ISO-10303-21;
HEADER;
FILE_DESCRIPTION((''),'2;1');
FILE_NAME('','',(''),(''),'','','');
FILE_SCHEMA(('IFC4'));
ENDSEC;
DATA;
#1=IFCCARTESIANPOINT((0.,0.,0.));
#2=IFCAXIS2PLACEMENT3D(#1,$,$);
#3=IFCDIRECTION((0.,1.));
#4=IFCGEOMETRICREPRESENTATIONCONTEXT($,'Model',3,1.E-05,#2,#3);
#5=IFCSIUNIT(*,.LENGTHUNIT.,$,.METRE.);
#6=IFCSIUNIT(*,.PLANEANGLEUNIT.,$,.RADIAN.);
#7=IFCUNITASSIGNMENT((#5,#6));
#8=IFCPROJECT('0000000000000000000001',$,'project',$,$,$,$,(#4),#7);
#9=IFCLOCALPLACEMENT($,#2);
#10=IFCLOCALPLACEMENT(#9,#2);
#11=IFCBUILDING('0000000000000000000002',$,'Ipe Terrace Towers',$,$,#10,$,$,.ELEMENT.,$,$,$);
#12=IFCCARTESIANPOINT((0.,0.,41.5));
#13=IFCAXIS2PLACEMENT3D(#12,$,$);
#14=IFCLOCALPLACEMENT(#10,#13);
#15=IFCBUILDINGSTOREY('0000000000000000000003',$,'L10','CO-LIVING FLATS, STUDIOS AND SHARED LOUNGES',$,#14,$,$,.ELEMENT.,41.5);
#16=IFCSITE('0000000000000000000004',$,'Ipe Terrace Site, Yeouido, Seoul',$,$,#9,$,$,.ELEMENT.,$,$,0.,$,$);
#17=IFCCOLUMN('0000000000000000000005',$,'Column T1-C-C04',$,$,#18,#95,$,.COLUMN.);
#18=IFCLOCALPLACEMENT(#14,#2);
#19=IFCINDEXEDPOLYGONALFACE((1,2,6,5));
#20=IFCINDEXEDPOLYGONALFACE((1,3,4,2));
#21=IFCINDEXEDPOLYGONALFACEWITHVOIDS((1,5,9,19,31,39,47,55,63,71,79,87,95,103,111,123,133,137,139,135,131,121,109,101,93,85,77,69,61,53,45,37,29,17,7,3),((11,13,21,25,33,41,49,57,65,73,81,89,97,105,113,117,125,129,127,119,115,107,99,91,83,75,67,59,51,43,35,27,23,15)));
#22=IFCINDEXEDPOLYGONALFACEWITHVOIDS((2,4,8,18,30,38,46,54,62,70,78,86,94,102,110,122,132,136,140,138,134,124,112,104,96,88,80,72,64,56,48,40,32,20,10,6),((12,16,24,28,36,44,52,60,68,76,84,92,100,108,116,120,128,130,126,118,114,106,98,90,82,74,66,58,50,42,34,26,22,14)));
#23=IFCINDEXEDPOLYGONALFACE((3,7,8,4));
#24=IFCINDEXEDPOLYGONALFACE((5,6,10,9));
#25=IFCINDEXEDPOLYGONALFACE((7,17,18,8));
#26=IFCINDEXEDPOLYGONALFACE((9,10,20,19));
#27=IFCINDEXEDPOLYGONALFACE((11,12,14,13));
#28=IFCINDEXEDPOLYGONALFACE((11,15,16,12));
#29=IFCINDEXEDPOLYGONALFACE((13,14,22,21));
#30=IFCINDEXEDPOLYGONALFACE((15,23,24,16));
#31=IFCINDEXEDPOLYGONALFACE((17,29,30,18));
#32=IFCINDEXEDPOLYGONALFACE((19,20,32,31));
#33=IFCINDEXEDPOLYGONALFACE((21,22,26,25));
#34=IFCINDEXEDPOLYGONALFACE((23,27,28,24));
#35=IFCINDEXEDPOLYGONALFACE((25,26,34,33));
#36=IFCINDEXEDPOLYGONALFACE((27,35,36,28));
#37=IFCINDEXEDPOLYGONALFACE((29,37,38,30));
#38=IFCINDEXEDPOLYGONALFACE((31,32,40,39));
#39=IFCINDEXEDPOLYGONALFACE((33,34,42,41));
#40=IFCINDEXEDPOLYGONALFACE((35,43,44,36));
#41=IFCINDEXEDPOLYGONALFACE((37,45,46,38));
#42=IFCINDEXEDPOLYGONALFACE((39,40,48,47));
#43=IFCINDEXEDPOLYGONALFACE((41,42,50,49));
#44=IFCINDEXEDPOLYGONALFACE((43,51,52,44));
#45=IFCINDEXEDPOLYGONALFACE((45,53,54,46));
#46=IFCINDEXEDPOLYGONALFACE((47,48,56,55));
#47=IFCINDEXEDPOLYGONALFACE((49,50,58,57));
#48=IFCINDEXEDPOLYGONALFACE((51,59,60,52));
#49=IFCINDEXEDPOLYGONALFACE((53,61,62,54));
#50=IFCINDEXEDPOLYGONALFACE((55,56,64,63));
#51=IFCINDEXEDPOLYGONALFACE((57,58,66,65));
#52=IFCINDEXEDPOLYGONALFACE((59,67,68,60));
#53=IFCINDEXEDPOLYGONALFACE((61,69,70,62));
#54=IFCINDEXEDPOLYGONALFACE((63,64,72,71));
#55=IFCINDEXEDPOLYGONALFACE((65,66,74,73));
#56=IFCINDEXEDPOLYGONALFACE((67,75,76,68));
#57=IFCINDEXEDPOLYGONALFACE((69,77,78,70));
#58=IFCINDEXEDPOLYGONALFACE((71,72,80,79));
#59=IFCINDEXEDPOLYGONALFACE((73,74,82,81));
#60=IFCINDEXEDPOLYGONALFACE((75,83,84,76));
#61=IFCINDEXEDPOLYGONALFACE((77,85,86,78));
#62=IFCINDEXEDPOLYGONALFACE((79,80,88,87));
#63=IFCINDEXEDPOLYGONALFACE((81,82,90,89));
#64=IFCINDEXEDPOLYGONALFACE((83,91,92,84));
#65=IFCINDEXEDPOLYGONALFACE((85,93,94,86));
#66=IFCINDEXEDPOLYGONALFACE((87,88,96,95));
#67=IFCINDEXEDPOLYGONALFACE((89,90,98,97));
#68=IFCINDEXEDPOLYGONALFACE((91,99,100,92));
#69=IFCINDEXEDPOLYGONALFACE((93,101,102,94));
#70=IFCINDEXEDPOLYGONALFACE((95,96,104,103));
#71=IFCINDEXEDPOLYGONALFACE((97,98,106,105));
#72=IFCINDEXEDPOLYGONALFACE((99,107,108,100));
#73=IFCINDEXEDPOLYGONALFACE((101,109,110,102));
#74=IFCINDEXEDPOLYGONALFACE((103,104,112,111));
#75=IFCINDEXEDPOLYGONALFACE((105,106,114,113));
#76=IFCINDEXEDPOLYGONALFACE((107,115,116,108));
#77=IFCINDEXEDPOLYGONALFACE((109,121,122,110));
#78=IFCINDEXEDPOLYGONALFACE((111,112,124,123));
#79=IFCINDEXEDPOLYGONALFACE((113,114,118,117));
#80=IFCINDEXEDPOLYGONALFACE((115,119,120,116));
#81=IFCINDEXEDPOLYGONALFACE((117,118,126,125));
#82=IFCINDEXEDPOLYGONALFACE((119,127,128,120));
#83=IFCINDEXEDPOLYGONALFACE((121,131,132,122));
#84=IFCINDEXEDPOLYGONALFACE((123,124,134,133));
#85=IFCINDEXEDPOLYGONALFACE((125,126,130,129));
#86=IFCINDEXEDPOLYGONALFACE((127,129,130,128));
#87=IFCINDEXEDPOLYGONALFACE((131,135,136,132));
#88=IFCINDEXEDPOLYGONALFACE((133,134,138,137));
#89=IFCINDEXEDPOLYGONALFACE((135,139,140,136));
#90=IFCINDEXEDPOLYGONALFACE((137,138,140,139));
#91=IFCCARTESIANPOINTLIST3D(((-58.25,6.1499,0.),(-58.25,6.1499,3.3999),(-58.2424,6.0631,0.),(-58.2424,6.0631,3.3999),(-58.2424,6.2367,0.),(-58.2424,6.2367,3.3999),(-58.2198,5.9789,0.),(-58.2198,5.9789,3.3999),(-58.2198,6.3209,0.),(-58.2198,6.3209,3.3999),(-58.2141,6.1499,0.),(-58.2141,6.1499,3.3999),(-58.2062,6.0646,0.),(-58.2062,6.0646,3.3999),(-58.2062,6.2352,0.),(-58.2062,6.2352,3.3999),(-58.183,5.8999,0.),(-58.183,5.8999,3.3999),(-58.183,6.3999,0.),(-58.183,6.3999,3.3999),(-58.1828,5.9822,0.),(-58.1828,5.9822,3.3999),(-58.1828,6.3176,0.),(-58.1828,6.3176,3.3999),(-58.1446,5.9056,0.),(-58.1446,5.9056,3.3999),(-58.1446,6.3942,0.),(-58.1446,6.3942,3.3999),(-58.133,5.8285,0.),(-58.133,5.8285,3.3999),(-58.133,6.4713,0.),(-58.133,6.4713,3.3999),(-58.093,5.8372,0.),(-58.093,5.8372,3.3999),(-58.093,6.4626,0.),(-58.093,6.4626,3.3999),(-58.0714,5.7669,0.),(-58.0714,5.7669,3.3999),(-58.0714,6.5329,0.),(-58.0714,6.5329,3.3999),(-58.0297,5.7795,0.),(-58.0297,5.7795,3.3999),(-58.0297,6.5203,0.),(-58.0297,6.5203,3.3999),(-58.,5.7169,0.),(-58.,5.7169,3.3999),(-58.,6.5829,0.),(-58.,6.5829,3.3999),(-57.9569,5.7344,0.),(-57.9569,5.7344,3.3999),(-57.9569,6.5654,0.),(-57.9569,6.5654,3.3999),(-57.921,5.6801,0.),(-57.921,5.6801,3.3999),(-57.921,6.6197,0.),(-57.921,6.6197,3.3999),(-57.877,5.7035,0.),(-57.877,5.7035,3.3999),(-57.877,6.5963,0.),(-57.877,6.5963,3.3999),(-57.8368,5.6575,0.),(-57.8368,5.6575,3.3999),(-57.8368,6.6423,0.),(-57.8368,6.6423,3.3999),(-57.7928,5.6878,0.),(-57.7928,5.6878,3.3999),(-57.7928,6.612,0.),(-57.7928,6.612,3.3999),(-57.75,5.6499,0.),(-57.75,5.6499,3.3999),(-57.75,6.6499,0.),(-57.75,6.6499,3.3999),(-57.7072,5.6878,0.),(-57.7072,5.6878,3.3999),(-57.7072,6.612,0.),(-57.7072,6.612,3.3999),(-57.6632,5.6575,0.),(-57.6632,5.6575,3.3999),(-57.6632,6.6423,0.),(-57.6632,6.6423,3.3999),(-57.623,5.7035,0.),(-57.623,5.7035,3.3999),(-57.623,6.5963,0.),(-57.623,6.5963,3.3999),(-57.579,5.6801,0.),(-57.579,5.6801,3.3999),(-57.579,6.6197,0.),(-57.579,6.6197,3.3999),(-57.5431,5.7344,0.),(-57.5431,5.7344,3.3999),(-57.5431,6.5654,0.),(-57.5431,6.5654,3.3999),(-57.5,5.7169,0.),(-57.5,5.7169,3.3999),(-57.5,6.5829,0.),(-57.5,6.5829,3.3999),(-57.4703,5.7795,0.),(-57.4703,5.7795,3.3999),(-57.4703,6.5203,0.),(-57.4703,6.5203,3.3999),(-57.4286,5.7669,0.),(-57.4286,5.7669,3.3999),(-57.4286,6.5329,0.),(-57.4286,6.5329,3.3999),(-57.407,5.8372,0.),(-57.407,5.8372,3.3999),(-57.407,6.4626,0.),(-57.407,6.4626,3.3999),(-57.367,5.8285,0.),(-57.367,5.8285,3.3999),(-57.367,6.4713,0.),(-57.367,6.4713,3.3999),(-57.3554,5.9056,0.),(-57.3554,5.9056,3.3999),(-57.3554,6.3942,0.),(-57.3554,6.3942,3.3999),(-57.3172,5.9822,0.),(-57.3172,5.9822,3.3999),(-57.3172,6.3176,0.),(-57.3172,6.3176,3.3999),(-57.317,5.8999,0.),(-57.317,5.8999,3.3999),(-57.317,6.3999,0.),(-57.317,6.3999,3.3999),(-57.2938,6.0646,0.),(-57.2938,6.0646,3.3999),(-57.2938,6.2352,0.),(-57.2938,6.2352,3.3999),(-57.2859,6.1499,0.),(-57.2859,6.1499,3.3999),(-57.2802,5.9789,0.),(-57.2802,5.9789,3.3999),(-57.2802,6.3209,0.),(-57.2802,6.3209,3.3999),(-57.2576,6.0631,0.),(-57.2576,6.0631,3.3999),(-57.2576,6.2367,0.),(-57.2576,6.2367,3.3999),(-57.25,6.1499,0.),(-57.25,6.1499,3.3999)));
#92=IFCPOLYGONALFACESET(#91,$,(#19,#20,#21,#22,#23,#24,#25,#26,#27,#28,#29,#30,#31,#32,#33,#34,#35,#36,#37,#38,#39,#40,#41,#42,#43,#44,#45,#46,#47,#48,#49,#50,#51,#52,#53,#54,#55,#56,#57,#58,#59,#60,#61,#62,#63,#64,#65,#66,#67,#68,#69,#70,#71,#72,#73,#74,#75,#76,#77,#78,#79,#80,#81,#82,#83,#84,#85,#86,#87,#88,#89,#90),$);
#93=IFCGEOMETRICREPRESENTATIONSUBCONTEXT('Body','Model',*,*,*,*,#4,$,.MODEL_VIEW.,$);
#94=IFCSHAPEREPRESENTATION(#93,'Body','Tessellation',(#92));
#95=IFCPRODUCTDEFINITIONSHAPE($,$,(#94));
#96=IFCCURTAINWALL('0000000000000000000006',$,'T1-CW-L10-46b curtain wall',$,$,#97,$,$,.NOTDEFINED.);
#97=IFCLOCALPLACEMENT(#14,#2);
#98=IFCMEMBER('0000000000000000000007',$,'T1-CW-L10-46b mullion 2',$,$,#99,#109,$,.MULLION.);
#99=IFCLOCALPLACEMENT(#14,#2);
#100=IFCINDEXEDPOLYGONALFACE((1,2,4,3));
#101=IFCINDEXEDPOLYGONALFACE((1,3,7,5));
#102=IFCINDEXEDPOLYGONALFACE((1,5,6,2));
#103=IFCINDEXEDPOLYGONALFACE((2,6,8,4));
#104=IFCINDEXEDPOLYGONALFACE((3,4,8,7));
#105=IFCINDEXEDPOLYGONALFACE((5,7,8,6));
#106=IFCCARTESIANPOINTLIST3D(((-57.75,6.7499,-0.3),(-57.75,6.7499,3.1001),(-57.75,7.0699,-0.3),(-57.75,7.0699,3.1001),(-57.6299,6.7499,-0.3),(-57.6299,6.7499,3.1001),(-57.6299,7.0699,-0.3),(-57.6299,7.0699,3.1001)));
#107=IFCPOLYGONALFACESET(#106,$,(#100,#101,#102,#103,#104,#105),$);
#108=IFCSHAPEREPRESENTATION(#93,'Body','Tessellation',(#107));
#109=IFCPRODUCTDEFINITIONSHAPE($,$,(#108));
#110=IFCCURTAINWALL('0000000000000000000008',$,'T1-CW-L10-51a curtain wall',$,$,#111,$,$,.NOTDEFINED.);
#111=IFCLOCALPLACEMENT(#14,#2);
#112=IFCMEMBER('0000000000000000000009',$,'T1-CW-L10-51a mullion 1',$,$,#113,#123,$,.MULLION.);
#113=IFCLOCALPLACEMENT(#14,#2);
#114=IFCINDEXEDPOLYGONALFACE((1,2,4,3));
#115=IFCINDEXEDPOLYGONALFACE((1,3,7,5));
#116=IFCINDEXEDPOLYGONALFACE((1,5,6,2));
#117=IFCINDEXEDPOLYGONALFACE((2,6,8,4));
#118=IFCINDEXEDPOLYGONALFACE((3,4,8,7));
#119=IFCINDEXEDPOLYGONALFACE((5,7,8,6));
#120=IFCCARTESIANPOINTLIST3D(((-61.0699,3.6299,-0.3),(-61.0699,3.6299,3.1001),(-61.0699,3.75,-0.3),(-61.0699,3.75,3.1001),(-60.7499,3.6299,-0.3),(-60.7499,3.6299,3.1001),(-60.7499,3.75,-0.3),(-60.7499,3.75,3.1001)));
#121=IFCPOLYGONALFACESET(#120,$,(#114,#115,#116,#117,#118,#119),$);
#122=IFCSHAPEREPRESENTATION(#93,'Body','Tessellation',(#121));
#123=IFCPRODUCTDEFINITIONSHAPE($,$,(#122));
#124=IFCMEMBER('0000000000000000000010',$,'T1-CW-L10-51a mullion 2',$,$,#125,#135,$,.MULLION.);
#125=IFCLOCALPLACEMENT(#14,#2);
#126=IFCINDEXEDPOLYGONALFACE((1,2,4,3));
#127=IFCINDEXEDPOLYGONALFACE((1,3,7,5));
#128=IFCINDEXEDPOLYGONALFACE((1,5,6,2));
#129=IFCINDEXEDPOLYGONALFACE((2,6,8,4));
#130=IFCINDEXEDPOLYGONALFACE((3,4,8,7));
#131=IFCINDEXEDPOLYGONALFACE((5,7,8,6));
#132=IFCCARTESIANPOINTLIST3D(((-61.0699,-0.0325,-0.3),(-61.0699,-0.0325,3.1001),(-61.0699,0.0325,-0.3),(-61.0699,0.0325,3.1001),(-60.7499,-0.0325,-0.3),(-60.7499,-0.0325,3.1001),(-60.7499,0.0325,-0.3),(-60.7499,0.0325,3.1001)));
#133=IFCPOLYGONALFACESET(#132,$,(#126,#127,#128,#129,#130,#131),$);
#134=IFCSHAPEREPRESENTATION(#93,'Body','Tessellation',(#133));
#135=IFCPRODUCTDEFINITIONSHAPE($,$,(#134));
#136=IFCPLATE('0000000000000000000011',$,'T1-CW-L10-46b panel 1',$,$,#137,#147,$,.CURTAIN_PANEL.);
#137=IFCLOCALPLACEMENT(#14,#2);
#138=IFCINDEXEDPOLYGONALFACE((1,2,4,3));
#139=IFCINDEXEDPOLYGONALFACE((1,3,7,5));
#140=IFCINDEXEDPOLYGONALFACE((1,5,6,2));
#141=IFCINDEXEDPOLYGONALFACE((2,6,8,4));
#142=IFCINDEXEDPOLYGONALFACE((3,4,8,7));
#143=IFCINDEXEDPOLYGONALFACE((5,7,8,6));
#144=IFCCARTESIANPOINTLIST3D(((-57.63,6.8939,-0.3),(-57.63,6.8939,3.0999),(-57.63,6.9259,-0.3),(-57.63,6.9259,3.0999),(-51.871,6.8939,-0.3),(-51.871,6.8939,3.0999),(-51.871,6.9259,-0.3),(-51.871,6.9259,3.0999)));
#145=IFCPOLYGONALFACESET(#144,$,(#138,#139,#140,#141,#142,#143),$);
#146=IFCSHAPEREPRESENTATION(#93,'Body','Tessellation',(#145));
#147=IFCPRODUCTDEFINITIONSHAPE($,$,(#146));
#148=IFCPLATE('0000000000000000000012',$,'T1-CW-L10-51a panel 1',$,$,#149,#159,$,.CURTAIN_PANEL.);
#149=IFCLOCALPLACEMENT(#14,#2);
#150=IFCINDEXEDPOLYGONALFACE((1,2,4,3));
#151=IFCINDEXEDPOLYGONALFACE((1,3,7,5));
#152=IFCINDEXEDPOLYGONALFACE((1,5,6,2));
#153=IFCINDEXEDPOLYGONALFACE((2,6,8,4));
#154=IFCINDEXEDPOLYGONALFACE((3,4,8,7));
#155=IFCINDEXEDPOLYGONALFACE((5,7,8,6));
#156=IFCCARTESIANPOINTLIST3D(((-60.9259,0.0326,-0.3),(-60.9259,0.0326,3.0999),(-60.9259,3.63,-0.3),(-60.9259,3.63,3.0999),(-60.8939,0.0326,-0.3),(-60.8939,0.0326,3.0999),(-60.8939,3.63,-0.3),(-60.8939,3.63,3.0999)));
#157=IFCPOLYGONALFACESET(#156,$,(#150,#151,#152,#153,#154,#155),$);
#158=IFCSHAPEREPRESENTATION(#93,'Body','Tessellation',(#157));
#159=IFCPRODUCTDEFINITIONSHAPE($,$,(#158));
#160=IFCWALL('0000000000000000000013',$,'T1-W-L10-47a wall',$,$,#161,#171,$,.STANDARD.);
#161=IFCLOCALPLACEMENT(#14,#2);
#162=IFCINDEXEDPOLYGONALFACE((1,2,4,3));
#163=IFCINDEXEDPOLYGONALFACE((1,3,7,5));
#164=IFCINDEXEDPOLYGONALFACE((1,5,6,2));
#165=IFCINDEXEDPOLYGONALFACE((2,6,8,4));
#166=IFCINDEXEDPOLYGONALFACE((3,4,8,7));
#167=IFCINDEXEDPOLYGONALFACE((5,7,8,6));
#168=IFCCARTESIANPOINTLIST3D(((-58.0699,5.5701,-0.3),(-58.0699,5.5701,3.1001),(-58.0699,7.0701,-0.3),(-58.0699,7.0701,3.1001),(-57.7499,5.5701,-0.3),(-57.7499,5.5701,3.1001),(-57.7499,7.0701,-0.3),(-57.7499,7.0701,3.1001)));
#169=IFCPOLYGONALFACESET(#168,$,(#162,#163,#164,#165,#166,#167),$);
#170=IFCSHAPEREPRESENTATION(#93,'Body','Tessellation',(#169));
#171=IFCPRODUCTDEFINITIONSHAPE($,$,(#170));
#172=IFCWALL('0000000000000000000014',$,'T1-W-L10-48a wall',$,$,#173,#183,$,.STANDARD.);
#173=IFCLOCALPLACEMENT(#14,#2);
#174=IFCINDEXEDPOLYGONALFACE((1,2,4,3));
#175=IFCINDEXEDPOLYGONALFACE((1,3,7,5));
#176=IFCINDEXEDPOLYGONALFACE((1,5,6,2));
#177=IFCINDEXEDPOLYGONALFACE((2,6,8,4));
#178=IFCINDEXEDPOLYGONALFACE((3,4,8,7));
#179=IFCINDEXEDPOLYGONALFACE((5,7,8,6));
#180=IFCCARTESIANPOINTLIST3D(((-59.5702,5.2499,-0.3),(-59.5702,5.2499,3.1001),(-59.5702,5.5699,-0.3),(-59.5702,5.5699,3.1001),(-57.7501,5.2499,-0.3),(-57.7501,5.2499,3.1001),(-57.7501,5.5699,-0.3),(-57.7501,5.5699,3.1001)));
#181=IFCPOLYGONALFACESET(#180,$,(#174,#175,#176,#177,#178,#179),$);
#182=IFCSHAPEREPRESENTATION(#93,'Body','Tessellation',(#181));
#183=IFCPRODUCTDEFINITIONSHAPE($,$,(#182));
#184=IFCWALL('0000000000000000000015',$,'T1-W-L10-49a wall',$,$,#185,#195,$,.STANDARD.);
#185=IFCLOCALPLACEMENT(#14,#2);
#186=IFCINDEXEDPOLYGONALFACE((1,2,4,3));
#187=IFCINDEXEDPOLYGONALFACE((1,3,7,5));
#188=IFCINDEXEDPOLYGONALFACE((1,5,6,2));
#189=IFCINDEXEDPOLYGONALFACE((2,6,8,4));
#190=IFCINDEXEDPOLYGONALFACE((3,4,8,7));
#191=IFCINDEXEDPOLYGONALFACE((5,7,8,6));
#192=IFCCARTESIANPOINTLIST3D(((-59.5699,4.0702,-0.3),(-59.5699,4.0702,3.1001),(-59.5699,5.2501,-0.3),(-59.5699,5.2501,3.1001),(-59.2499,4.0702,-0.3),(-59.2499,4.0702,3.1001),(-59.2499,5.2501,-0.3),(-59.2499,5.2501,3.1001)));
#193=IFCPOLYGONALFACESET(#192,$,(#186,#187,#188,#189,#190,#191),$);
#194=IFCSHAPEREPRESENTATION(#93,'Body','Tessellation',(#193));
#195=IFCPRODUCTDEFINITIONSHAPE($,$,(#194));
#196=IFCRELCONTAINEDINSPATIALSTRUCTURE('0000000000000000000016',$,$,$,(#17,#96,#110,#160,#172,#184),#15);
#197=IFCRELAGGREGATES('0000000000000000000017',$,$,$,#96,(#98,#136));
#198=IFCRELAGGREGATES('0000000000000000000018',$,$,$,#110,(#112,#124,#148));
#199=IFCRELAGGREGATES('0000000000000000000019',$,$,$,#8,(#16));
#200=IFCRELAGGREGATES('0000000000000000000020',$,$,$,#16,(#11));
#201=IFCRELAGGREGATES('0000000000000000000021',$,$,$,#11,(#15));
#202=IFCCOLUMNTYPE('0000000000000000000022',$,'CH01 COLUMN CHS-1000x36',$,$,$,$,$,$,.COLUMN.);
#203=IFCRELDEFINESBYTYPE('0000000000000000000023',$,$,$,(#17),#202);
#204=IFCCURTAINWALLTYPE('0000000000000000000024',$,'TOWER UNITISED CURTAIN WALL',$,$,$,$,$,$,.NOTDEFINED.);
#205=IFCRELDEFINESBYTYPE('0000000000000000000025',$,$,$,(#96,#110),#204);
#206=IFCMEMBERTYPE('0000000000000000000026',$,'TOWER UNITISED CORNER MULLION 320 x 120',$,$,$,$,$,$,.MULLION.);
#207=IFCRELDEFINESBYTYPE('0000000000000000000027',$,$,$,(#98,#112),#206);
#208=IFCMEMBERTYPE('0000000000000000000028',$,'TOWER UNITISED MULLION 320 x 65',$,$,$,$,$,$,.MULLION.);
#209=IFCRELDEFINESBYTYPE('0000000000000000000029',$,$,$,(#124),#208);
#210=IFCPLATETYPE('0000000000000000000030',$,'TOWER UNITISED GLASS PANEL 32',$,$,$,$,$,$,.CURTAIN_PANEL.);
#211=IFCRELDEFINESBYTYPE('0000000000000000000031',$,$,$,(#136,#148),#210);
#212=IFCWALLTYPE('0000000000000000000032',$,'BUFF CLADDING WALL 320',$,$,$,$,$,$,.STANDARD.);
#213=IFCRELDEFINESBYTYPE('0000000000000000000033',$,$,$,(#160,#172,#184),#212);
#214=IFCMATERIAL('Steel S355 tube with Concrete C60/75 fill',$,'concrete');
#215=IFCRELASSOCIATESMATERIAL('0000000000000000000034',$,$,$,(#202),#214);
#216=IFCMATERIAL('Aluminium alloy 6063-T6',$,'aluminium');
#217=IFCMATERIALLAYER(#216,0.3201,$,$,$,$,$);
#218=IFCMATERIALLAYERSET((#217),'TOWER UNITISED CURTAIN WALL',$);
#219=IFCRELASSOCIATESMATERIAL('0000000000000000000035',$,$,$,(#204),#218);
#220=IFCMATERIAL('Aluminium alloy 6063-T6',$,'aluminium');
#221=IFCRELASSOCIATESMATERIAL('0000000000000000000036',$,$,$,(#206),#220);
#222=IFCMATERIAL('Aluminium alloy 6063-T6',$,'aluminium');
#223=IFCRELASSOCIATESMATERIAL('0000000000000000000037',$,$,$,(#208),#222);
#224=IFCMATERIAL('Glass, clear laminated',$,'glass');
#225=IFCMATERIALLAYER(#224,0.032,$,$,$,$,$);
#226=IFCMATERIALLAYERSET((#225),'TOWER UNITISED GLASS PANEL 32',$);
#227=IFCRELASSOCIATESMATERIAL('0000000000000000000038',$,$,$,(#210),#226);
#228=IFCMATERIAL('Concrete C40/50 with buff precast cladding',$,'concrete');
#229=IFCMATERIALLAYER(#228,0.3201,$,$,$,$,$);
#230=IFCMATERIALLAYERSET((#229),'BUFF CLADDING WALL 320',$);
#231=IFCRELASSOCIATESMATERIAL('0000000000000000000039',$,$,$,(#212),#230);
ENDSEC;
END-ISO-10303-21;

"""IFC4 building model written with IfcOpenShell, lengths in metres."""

from ifc_helpers import new_model, si_unit, direction, frame, frame_2d, origin, origin_2d, place, context, subcontext, project, spatial, rectangle, hollow_circle, extrude, material, layer, layer_set, material_profile, profile_set, type_object, element, aggregate, save


model = new_model("IFC4")

# Units and contexts
model_context = context("Model", 3, precision=1e-05, world=origin(), true_north=direction((0.0, 1.0)))
body_context = subcontext(model_context, "Body", "Model", "MODEL_VIEW")
ifc_project = project(units=[si_unit("LENGTHUNIT", "METRE"), si_unit("PLANEANGLEUNIT", "RADIAN")], contexts=[model_context])

# Site, building, storey
site_placement = place(None, origin())
site = spatial("IfcSite", under=ifc_project, at=site_placement, Name="Ipe Terrace Site, Yeouido, Seoul", CompositionType="ELEMENT", RefElevation=0.0)
building_placement = place(site_placement, origin())
building = spatial("IfcBuilding", under=site, at=building_placement, Name="Ipe Terrace Towers", CompositionType="ELEMENT")
storey_placement = place(building_placement, frame((0.0, 0.0, 41.5)))
storey = spatial("IfcBuildingStorey", under=building, at=storey_placement, Name="L10", Description="CO-LIVING FLATS, STUDIOS AND SHARED LOUNGES", CompositionType="ELEMENT", Elevation=41.5)

# Column
ifc_material_1 = material(Name="Steel S355 tube with Concrete C60/75 fill", Category="concrete")
ifc_material_profile_1 = material_profile(ifc_material_1, hollow_circle(Radius=0.5, WallThickness=0.0359, at=origin_2d()), Name="CHS-1000x36")
ifc_profile_set_1 = profile_set([ifc_material_profile_1], Name="Steel S355 tube with Concrete C60/75 fill")
column_type = type_object("IfcColumnType", Name="CH01 COLUMN CHS-1000x36", PredefinedType="COLUMN", material=ifc_profile_set_1)
column_placement = place(storey_placement, frame((-57.75, 6.1499, 0.0), z_axis=(0.0, 0.0, 1.0), x_axis=(1.0, 0.0, 0.0)))
element("IfcColumn", 1, at=column_placement, inside=storey, type_object=column_type, Name="Column T1-C-C04", PredefinedType="COLUMN", context=body_context, shape_type="SweptSolid", body=[
    extrude(hollow_circle(Radius=0.5, WallThickness=0.0359, at=origin_2d()), origin(), (0.0, 0.0, 1.0), 3.3999),
])

# Curtain wall, member
ifc_material_2 = material(Name="Aluminium alloy 6063-T6", Category="aluminium")
ifc_layer_1 = layer(ifc_material_2, 0.3201)
ifc_layer_set_1 = layer_set([ifc_layer_1], Name="TOWER UNITISED CURTAIN WALL")
curtain_wall_type = type_object("IfcCurtainWallType", Name="TOWER UNITISED CURTAIN WALL", PredefinedType="NOTDEFINED", material=ifc_layer_set_1)
curtain_wall_1_placement = place(storey_placement, origin())
curtain_wall_1 = element("IfcCurtainWall", 2, at=curtain_wall_1_placement, inside=storey, type_object=curtain_wall_type, Name="T1-CW-L10-46b curtain wall", PredefinedType="NOTDEFINED")
ifc_material_3 = material(Name="Aluminium alloy 6063-T6", Category="aluminium")
ifc_material_profile_2 = material_profile(ifc_material_3, rectangle(XDim=0.3201, YDim=0.1201, at=origin_2d()), Name="TOWER UNITISED CORNER MULLION 320 x 120")
ifc_profile_set_2 = profile_set([ifc_material_profile_2], Name="Aluminium alloy 6063-T6")
member_type_1 = type_object("IfcMemberType", Name="TOWER UNITISED CORNER MULLION 320 x 120", PredefinedType="MULLION", material=ifc_profile_set_2)
member_1_placement = place(storey_placement, frame((-57.6899, 6.9099, -0.3), z_axis=(0.0, 0.0, 1.0), x_axis=(0.0, 1.0, 0.0)))
member_1 = element("IfcMember", 3, at=member_1_placement, type_object=member_type_1, Name="T1-CW-L10-46b mullion 2", PredefinedType="MULLION", context=body_context, shape_type="SweptSolid", body=[
    extrude(rectangle(XDim=0.3201, YDim=0.1201, at=origin_2d()), origin(), (0.0, 0.0, 1.0), 3.4001),
])

# Curtain wall, members
curtain_wall_2_placement = place(storey_placement, origin())
curtain_wall_2 = element("IfcCurtainWall", 4, at=curtain_wall_2_placement, inside=storey, type_object=curtain_wall_type, Name="T1-CW-L10-51a curtain wall", PredefinedType="NOTDEFINED")
member_2_placement = place(storey_placement, frame((-60.9099, 3.6899, -0.3), z_axis=(0.0, 0.0, 1.0), x_axis=(-1.0, 0.0, 0.0)))
member_2 = element("IfcMember", 5, at=member_2_placement, type_object=member_type_1, Name="T1-CW-L10-51a mullion 1", PredefinedType="MULLION", context=body_context, shape_type="SweptSolid", body=[
    extrude(rectangle(XDim=0.3201, YDim=0.1201, at=origin_2d()), origin(), (0.0, 0.0, 1.0), 3.4001),
])
ifc_material_4 = material(Name="Aluminium alloy 6063-T6", Category="aluminium")
ifc_material_profile_3 = material_profile(ifc_material_4, rectangle(XDim=0.3201, YDim=0.0649, at=origin_2d()), Name="TOWER UNITISED MULLION 320 x 65")
ifc_profile_set_3 = profile_set([ifc_material_profile_3], Name="Aluminium alloy 6063-T6")
member_type_2 = type_object("IfcMemberType", Name="TOWER UNITISED MULLION 320 x 65", PredefinedType="MULLION", material=ifc_profile_set_3)
member_3_placement = place(storey_placement, frame((-60.9099, 0.0, -0.3), z_axis=(0.0, 0.0, 1.0), x_axis=(-1.0, 0.0, 0.0)))
member_3 = element("IfcMember", 6, at=member_3_placement, type_object=member_type_2, Name="T1-CW-L10-51a mullion 2", PredefinedType="MULLION", context=body_context, shape_type="SweptSolid", body=[
    extrude(rectangle(XDim=0.3201, YDim=0.0649, at=origin_2d()), origin(), (0.0, 0.0, 1.0), 3.4001),
])

# Plates
ifc_material_5 = material(Name="Glass, clear laminated", Category="glass")
ifc_layer_2 = layer(ifc_material_5, 0.032)
ifc_layer_set_2 = layer_set([ifc_layer_2], Name="TOWER UNITISED GLASS PANEL 32")
plate_type = type_object("IfcPlateType", Name="TOWER UNITISED GLASS PANEL 32", PredefinedType="CURTAIN_PANEL", material=ifc_layer_set_2)
plate_1_placement = place(storey_placement, frame((-54.7505, 6.9099, -0.3), z_axis=(0.0, 0.0, 1.0), x_axis=(-1.0, 0.0, 0.0)))
plate_1 = element("IfcPlate", 7, at=plate_1_placement, type_object=plate_type, Name="T1-CW-L10-46b panel 1", PredefinedType="CURTAIN_PANEL", context=body_context, shape_type="SweptSolid", body=[
    extrude(rectangle(XDim=5.759, YDim=0.032, at=origin_2d()), origin(), (0.0, 0.0, 1.0), 3.3999),
])
aggregate(curtain_wall_1, [member_1, plate_1])
plate_2_placement = place(storey_placement, frame((-60.9099, 1.8313, -0.3), z_axis=(0.0, 0.0, 1.0), x_axis=(0.0, -1.0, 0.0)))
plate_2 = element("IfcPlate", 8, at=plate_2_placement, type_object=plate_type, Name="T1-CW-L10-51a panel 1", PredefinedType="CURTAIN_PANEL", context=body_context, shape_type="SweptSolid", body=[
    extrude(rectangle(XDim=3.5974, YDim=0.032, at=origin_2d()), origin(), (0.0, 0.0, 1.0), 3.3999),
])
aggregate(curtain_wall_2, [member_2, member_3, plate_2])

# Walls
ifc_material_6 = material(Name="Concrete C40/50 with buff precast cladding", Category="concrete")
ifc_layer_3 = layer(ifc_material_6, 0.3201)
ifc_layer_set_3 = layer_set([ifc_layer_3], Name="BUFF CLADDING WALL 320")
wall_type_1 = type_object("IfcWallType", Name="BUFF CLADDING WALL 320", PredefinedType="STANDARD", material=ifc_layer_set_3)
wall_1_placement = place(storey_placement, frame((-57.9099, 7.0701, -0.3), z_axis=(0.0, 0.0, 1.0), x_axis=(0.0, -1.0, 0.0)))
element("IfcWall", 9, at=wall_1_placement, inside=storey, type_object=wall_type_1, Name="T1-W-L10-47a wall", PredefinedType="STANDARD", context=body_context, shape_type="SweptSolid", body=[
    extrude(rectangle(XDim=1.5, YDim=0.3201, at=frame_2d((0.75, 0.0))), origin(), (0.0, 0.0, 1.0), 3.4001),
])
wall_2_placement = place(storey_placement, frame((-57.75, 5.4099, -0.3), z_axis=(0.0, 0.0, 1.0), x_axis=(-1.0, 0.0, 0.0)))
element("IfcWall", 10, at=wall_2_placement, inside=storey, type_object=wall_type_1, Name="T1-W-L10-48a wall", PredefinedType="STANDARD", context=body_context, shape_type="SweptSolid", body=[
    extrude(rectangle(XDim=1.8201, YDim=0.3201, at=frame_2d((0.9102, 0.0))), origin(), (0.0, 0.0, 1.0), 3.4001),
])
wall_3_placement = place(storey_placement, frame((-59.4099, 5.25, -0.3), z_axis=(0.0, 0.0, 1.0), x_axis=(0.0, -1.0, 0.0)))
element("IfcWall", 11, at=wall_3_placement, inside=storey, type_object=wall_type_1, Name="T1-W-L10-49a wall", PredefinedType="STANDARD", context=body_context, shape_type="SweptSolid", body=[
    extrude(rectangle(XDim=1.1799, YDim=0.3201, at=frame_2d((0.5898, 0.0))), origin(), (0.0, 0.0, 1.0), 3.4001),
])

save(model, "model.ifc")
